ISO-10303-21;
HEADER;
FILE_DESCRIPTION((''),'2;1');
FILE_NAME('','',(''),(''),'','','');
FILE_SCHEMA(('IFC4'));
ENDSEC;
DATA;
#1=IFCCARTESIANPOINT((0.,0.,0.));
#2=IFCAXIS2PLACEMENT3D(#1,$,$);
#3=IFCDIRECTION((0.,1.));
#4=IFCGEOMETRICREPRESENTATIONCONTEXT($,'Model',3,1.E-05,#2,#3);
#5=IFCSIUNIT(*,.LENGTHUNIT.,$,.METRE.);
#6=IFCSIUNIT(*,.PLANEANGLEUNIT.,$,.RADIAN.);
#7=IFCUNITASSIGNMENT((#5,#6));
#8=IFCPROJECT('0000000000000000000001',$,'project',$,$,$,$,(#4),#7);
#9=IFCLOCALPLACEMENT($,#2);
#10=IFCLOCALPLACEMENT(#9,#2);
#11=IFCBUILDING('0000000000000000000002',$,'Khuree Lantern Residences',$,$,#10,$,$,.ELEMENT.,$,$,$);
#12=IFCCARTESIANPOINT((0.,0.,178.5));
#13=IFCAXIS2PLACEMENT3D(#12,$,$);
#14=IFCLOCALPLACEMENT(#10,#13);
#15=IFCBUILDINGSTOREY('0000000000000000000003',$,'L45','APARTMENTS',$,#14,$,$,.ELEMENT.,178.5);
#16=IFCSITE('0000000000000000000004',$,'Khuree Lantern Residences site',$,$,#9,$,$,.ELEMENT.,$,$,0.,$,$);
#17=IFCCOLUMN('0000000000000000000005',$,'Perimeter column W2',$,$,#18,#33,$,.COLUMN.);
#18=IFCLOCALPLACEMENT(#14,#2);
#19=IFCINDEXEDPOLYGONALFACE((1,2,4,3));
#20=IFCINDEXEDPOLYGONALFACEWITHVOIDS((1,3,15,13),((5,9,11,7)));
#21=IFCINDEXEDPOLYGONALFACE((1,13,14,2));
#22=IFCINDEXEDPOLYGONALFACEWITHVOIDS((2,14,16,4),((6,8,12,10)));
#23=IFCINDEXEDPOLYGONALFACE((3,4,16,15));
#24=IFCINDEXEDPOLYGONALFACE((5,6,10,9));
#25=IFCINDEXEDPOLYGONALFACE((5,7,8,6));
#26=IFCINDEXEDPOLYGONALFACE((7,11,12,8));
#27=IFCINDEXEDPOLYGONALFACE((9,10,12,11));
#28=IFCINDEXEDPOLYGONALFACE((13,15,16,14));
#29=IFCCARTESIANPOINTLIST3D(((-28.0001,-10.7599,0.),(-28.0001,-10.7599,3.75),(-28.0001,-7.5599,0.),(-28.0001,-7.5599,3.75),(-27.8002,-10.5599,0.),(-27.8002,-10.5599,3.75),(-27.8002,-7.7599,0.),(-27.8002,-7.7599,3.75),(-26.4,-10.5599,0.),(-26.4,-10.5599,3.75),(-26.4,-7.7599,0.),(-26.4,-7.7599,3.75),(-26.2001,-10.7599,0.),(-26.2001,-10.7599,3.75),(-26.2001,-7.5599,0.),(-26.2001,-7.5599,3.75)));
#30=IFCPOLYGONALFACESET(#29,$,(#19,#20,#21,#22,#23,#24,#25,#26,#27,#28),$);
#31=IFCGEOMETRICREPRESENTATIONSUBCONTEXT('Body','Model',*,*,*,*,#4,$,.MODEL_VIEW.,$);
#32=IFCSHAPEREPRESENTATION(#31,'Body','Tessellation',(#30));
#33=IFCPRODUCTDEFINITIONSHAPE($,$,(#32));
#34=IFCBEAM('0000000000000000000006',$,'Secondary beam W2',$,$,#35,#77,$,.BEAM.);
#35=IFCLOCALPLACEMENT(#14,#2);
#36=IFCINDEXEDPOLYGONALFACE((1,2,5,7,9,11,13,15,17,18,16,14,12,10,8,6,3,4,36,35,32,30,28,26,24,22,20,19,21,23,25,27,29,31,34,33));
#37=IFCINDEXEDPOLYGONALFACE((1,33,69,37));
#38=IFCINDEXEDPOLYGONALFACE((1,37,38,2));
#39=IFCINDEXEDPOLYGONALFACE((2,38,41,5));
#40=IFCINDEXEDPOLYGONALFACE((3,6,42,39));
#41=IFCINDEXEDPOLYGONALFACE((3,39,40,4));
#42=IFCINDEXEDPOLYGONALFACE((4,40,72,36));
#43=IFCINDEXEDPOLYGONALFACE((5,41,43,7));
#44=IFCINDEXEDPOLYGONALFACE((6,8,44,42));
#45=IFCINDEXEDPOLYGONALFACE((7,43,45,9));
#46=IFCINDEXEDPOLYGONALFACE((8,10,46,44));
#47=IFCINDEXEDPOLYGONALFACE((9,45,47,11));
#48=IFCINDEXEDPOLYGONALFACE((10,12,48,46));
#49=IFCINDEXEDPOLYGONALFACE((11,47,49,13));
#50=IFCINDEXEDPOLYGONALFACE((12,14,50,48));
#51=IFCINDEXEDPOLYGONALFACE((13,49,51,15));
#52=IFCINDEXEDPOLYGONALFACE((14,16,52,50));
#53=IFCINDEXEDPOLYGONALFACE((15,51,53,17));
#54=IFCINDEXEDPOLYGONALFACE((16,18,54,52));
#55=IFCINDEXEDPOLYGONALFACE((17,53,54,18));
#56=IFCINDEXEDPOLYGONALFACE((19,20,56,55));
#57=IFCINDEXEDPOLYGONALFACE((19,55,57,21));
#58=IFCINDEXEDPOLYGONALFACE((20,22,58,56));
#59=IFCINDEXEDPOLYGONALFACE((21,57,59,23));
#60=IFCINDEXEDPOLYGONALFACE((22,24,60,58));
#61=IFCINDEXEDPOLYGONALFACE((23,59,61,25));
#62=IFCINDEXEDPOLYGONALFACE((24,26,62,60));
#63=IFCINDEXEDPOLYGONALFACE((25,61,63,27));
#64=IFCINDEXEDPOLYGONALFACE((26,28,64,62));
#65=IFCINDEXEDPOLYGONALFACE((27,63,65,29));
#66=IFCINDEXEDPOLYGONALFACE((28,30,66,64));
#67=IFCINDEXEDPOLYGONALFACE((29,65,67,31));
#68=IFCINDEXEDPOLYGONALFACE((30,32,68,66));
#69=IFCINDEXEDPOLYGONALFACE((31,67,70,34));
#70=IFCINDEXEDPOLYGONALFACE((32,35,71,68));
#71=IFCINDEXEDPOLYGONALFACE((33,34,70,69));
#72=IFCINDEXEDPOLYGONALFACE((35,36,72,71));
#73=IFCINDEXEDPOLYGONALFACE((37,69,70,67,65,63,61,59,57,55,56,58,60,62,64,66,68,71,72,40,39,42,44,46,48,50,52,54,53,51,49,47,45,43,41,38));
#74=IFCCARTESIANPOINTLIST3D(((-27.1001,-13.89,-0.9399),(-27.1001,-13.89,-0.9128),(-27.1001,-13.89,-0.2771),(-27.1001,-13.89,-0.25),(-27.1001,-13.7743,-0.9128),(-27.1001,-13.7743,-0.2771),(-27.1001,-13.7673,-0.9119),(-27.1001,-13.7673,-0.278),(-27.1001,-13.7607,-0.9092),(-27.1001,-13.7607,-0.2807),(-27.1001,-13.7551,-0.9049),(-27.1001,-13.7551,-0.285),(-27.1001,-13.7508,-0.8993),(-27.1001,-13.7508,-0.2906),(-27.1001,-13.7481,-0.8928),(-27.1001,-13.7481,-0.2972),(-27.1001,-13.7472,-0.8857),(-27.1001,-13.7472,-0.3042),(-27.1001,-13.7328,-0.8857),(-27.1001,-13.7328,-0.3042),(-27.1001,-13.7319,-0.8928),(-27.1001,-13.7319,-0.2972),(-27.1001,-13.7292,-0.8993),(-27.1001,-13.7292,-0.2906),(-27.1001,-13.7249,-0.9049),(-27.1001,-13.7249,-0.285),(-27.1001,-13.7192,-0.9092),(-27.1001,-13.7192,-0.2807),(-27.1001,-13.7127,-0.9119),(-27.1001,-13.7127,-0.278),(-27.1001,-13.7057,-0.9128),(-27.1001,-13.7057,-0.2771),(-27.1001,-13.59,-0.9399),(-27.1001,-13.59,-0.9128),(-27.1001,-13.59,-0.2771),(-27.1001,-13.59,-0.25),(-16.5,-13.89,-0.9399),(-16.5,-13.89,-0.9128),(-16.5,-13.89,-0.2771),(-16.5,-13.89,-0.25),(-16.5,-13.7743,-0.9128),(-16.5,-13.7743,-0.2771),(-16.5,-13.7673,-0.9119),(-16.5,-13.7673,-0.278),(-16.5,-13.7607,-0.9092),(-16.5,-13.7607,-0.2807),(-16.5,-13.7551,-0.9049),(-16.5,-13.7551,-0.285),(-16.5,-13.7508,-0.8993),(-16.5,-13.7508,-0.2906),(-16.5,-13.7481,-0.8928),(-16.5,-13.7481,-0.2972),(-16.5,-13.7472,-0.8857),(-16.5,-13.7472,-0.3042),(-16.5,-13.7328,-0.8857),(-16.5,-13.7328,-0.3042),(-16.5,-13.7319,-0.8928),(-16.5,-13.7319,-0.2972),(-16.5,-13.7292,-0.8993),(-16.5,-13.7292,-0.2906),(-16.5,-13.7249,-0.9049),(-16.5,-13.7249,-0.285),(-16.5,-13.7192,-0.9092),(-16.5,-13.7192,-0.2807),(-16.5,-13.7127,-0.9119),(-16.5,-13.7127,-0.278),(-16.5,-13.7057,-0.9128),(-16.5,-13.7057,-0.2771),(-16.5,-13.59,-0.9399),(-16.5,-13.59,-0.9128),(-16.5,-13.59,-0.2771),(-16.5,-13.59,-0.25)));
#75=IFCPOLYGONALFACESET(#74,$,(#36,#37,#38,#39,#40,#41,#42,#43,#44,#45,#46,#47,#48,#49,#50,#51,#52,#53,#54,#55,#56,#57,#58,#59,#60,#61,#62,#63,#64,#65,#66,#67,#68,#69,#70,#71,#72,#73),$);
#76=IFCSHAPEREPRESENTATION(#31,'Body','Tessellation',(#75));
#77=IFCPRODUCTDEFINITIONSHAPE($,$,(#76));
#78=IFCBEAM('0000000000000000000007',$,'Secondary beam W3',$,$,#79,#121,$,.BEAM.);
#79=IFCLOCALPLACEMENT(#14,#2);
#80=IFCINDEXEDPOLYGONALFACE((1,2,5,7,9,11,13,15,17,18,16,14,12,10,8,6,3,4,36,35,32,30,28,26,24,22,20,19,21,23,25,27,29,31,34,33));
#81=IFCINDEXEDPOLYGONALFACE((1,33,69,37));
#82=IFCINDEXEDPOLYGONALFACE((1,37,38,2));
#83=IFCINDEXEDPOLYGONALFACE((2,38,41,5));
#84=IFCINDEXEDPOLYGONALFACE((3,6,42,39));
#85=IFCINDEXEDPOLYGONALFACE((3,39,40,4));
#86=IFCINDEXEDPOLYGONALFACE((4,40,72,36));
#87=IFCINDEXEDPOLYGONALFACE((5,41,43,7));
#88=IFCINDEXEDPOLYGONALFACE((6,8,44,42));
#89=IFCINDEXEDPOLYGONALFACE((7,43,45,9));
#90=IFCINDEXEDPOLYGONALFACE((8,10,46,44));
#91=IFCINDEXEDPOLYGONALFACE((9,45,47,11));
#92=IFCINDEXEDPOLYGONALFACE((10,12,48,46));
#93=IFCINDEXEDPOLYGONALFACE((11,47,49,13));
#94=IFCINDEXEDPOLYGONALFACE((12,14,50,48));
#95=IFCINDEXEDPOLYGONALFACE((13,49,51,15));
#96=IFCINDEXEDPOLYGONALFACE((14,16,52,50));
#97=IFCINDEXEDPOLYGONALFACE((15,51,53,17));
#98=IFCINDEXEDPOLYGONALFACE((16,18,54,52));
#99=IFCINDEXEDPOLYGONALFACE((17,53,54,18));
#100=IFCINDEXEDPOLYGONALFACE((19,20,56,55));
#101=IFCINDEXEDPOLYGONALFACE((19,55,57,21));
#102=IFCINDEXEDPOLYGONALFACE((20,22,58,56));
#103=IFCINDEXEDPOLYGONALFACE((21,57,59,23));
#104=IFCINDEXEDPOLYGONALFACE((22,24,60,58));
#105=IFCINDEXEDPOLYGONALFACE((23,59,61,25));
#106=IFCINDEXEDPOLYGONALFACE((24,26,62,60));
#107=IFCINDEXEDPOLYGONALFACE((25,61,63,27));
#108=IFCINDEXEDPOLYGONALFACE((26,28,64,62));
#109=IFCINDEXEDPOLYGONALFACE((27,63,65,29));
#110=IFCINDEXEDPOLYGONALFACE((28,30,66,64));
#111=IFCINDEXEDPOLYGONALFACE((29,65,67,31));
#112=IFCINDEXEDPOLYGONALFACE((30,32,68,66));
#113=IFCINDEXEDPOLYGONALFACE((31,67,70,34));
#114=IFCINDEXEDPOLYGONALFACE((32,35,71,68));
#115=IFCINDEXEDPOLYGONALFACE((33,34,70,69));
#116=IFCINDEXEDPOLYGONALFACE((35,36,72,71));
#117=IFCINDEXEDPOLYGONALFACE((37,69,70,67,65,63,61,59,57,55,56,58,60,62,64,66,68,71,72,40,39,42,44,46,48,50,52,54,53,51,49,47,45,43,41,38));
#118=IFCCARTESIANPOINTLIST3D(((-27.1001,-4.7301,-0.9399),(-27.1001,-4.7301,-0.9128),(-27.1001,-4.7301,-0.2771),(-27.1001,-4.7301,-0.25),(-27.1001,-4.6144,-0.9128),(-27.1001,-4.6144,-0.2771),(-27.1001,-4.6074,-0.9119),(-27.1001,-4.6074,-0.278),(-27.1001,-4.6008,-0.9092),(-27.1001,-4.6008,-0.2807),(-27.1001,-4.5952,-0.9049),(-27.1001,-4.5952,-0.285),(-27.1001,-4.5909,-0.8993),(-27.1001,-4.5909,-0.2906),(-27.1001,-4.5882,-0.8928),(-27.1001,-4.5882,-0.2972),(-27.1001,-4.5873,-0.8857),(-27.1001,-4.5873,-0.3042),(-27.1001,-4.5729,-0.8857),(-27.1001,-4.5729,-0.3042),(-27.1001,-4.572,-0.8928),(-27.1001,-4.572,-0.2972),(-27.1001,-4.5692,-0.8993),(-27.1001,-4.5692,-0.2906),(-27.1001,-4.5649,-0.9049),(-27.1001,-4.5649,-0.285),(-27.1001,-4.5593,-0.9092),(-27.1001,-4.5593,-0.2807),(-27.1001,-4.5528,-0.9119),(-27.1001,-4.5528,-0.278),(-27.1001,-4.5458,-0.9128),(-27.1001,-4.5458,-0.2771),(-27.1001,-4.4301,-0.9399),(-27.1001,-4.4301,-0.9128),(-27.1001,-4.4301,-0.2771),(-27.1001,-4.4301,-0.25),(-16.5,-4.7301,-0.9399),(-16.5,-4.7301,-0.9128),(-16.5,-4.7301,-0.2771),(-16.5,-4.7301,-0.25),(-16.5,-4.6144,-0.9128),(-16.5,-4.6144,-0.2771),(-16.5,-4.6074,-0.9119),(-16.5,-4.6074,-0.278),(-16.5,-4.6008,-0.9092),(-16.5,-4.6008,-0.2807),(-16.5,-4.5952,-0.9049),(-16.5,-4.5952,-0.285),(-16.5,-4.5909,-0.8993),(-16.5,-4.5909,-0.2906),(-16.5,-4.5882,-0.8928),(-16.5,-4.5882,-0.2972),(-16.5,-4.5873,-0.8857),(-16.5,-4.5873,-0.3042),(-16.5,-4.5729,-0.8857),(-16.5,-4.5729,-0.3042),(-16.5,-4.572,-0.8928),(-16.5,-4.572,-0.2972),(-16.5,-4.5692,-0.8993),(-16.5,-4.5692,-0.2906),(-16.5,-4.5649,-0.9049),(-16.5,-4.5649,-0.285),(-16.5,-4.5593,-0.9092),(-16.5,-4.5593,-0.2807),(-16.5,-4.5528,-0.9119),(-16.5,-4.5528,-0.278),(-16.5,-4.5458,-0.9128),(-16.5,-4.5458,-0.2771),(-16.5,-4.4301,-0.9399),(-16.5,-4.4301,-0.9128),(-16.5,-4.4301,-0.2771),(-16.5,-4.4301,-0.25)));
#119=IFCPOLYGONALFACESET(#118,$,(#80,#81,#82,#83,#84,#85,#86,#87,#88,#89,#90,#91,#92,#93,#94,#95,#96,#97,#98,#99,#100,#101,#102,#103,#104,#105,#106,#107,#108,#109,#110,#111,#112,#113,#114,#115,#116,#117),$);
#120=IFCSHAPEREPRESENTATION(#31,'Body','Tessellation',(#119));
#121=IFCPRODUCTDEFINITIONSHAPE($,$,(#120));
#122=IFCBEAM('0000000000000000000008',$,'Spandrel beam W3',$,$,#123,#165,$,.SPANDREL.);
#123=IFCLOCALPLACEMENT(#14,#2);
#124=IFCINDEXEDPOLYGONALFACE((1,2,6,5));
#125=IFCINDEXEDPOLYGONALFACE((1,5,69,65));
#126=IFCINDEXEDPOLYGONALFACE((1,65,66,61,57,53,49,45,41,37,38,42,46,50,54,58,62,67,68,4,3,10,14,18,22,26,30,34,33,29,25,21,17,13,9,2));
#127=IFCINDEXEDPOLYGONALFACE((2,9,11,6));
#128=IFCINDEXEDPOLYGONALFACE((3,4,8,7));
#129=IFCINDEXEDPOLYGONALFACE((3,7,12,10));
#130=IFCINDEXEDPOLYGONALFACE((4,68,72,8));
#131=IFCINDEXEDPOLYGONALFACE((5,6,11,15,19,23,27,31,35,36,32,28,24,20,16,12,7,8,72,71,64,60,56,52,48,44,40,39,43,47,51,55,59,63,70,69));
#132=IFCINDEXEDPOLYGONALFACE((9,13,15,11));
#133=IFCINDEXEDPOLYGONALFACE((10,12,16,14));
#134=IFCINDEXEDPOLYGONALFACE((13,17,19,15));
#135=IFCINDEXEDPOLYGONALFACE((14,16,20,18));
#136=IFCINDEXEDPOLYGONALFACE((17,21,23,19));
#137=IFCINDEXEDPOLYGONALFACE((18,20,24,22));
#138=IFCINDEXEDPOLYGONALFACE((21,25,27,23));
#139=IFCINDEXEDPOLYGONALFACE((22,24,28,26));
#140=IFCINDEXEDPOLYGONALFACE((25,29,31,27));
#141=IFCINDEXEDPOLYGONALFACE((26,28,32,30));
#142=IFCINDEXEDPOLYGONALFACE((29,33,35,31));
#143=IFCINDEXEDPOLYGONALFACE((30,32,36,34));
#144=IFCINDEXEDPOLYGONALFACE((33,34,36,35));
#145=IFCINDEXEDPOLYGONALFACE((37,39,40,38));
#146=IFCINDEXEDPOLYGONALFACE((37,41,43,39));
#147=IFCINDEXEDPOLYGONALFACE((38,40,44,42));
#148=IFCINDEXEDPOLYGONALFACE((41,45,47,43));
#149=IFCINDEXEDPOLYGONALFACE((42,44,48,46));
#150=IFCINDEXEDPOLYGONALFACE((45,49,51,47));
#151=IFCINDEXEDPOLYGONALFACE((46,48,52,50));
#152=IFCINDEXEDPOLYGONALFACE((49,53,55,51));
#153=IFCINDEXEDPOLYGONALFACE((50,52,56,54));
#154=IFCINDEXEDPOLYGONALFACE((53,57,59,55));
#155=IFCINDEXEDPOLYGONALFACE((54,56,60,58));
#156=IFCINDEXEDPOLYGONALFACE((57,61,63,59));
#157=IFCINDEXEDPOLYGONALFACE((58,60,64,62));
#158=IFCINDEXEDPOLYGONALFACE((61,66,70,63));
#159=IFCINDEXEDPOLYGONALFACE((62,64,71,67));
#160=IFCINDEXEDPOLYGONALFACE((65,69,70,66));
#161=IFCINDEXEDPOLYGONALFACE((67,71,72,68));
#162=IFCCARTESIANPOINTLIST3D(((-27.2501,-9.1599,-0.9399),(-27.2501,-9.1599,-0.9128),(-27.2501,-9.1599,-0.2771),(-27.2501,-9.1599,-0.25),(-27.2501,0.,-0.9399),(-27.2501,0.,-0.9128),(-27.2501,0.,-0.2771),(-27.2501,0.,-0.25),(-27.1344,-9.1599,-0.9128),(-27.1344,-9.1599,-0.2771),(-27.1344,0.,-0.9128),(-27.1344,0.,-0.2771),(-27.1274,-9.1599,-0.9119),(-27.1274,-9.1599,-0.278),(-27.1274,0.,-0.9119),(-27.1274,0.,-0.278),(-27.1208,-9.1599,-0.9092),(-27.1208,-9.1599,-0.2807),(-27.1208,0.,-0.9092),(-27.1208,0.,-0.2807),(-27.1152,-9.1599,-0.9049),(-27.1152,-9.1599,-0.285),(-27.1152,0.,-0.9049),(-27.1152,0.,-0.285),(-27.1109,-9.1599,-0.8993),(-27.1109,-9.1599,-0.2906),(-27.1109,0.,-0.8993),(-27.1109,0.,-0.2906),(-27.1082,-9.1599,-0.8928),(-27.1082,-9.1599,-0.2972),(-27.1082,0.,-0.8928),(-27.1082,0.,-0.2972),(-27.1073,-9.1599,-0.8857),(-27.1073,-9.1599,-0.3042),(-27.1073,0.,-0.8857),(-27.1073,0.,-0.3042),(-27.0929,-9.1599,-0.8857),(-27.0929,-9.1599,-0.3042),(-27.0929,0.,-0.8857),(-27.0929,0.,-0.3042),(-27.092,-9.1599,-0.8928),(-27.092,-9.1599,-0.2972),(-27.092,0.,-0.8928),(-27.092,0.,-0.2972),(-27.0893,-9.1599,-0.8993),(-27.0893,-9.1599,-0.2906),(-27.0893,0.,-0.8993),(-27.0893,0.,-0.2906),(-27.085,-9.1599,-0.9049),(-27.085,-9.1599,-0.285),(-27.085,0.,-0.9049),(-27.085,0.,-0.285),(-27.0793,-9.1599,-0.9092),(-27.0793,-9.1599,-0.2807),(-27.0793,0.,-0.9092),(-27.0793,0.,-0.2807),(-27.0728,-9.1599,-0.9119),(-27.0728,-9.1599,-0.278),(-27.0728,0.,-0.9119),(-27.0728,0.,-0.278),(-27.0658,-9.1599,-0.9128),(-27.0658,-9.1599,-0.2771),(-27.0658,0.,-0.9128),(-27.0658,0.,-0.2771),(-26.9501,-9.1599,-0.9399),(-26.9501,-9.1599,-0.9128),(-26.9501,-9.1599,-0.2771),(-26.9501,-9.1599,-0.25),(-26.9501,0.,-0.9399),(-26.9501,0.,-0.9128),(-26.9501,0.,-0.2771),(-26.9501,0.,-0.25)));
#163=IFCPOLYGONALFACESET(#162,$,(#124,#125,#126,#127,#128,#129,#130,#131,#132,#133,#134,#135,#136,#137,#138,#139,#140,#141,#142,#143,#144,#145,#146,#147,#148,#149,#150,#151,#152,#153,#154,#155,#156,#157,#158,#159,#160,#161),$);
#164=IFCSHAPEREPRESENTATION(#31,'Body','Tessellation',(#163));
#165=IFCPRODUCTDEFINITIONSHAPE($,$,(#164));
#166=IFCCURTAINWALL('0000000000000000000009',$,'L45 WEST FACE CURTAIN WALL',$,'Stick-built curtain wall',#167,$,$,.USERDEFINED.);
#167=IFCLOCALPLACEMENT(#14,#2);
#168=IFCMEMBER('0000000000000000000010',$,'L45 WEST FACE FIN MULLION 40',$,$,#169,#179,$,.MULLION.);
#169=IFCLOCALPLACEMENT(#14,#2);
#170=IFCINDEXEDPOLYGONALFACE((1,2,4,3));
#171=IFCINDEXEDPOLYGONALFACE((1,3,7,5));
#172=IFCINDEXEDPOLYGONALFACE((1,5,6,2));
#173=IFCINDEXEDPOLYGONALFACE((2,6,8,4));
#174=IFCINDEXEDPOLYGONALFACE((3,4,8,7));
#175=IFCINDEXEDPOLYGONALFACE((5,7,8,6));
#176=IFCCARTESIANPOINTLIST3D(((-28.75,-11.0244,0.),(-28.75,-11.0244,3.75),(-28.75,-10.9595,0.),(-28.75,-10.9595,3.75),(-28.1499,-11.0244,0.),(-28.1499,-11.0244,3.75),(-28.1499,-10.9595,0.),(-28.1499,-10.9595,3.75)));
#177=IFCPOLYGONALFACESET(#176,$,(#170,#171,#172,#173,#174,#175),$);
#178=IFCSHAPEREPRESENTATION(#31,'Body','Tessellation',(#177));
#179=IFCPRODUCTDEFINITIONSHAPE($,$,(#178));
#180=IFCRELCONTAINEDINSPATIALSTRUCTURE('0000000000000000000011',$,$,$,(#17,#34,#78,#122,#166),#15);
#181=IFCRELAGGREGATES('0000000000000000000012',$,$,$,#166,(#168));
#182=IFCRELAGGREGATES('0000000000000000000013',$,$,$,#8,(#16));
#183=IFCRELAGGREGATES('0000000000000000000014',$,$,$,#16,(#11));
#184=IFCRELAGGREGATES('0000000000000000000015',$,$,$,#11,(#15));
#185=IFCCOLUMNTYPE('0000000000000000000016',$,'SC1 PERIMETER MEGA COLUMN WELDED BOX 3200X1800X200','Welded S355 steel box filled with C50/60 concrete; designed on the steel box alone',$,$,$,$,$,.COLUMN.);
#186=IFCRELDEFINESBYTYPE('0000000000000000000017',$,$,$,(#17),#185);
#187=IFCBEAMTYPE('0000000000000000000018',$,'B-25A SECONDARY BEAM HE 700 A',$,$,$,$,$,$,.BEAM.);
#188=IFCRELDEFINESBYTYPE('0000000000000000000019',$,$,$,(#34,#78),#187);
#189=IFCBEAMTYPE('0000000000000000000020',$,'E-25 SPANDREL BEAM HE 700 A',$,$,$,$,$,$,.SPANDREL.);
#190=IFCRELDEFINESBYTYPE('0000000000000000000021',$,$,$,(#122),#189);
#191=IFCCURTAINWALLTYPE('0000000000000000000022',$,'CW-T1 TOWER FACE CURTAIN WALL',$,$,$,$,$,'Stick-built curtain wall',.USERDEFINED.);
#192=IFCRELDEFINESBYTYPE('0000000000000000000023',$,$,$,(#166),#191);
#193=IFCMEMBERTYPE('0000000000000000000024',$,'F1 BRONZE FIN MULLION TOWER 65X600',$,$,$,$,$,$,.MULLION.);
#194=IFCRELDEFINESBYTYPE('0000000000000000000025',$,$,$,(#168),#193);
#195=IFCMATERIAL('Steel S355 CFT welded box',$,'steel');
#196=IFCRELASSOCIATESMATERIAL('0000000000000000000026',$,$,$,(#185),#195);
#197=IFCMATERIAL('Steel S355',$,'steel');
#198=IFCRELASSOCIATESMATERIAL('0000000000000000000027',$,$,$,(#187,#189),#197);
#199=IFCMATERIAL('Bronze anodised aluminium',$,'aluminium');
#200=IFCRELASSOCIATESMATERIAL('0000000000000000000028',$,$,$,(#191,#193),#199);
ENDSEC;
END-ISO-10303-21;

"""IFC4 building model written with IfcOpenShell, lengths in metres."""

from ifc_helpers import new_model, si_unit, direction, frame, origin, origin_2d, place, context, subcontext, project, spatial, rectangle, hollow_rectangle, i_section, extrude, material, material_profile, profile_set, type_object, element, aggregate, save


model = new_model("IFC4")

# Units and contexts
model_context = context("Model", 3, precision=1e-05, world=origin(), true_north=direction((0.0, 1.0)))
body_context = subcontext(model_context, "Body", "Model", "MODEL_VIEW")
ifc_project = project(units=[si_unit("LENGTHUNIT", "METRE"), si_unit("PLANEANGLEUNIT", "RADIAN")], contexts=[model_context])

# Site, building, storey
site_placement = place(None, origin())
site = spatial("IfcSite", under=ifc_project, at=site_placement, Name="Khuree Lantern Residences site", CompositionType="ELEMENT", RefElevation=0.0)
building_placement = place(site_placement, origin())
building = spatial("IfcBuilding", under=site, at=building_placement, Name="Khuree Lantern Residences", CompositionType="ELEMENT")
storey_placement = place(building_placement, frame((0.0, 0.0, 178.5)))
storey = spatial("IfcBuildingStorey", under=building, at=storey_placement, Name="L45", Description="APARTMENTS", CompositionType="ELEMENT", Elevation=178.5)

# Column
ifc_material_1 = material(Name="Steel S355 CFT welded box", Category="steel")
ifc_material_profile_1 = material_profile(ifc_material_1, hollow_rectangle(XDim=3.2, YDim=1.8, WallThickness=0.2, at=origin_2d()), Name="WELDED BOX 3200X1800X200")
ifc_profile_set_1 = profile_set([ifc_material_profile_1], Name="Steel S355 CFT welded box")
column_type = type_object("IfcColumnType", Name="SC1 PERIMETER MEGA COLUMN WELDED BOX 3200X1800X200", Description="Welded S355 steel box filled with C50/60 concrete; designed on the steel box alone", PredefinedType="COLUMN", material=ifc_profile_set_1)
column_placement = place(storey_placement, frame((-27.1001, -9.1599, 0.0), z_axis=(0.0, 0.0, 1.0), x_axis=(0.0, 1.0, 0.0)))
element("IfcColumn", 1, at=column_placement, inside=storey, type_object=column_type, Name="Perimeter column W2", PredefinedType="COLUMN", context=body_context, shape_type="SweptSolid", body=[
    extrude(hollow_rectangle(XDim=3.2, YDim=1.8, WallThickness=0.2, at=origin_2d()), origin(), (0.0, 0.0, 1.0), 3.75),
])

# Beams
ifc_material_2 = material(Name="Steel S355", Category="steel")
ifc_material_profile_2 = material_profile(ifc_material_2, i_section(OverallWidth=0.3, OverallDepth=0.6899, WebThickness=0.0144, FlangeThickness=0.0271, FilletRadius=0.0271, at=origin_2d()), Name="HE 700 A")
ifc_profile_set_2 = profile_set([ifc_material_profile_2], Name="Steel S355")
beam_type_1 = type_object("IfcBeamType", Name="B-25A SECONDARY BEAM HE 700 A", PredefinedType="BEAM", material=ifc_profile_set_2)
for number, where, z_axis, x_axis, name in (
    (2, (-27.1001, -13.74, -0.595), (1.0, 0.0, 0.0), (0.0, 1.0, 0.0), "Secondary beam W2"),
    (3, (-27.1001, -4.5801, -0.595), (1.0, 0.0, 0.0), (0.0, 1.0, 0.0), "Secondary beam W3"),
):
    element("IfcBeam", number, at=place(storey_placement, frame(where, z_axis=z_axis, x_axis=x_axis)), inside=storey, type_object=beam_type_1, Name=name, PredefinedType="BEAM", context=body_context, shape_type="SweptSolid", body=[
        extrude(i_section(OverallWidth=0.3, OverallDepth=0.6899, WebThickness=0.0144, FlangeThickness=0.0271, FilletRadius=0.0271, at=origin_2d()), origin(), (0.0, 0.0, 1.0), 10.6001),
    ])
ifc_material_profile_3 = material_profile(ifc_material_2, i_section(OverallWidth=0.3, OverallDepth=0.6899, WebThickness=0.0144, FlangeThickness=0.0271, FilletRadius=0.0271, at=origin_2d()), Name="HE 700 A")
ifc_profile_set_3 = profile_set([ifc_material_profile_3], Name="Steel S355")
beam_type_2 = type_object("IfcBeamType", Name="E-25 SPANDREL BEAM HE 700 A", PredefinedType="SPANDREL", material=ifc_profile_set_3)
beam_1_placement = place(storey_placement, frame((-27.1001, -9.1599, -0.595), z_axis=(0.0, 1.0, 0.0), x_axis=(-1.0, 0.0, 0.0)))
element("IfcBeam", 4, at=beam_1_placement, inside=storey, type_object=beam_type_2, Name="Spandrel beam W3", PredefinedType="SPANDREL", context=body_context, shape_type="SweptSolid", body=[
    extrude(i_section(OverallWidth=0.3, OverallDepth=0.6899, WebThickness=0.0144, FlangeThickness=0.0271, FilletRadius=0.0271, at=origin_2d()), origin(), (0.0, 0.0, 1.0), 9.1599),
])

# Curtain wall, member
ifc_material_3 = material(Name="Bronze anodised aluminium", Category="aluminium")
curtain_wall_type = type_object("IfcCurtainWallType", Name="CW-T1 TOWER FACE CURTAIN WALL", ElementType="Stick-built curtain wall", PredefinedType="USERDEFINED", material=ifc_material_3)
curtain_wall_placement = place(storey_placement, origin())
curtain_wall = element("IfcCurtainWall", 5, at=curtain_wall_placement, inside=storey, type_object=curtain_wall_type, Name="L45 WEST FACE CURTAIN WALL", ObjectType="Stick-built curtain wall", PredefinedType="USERDEFINED")
ifc_material_profile_4 = material_profile(ifc_material_3, rectangle(XDim=0.0649, YDim=0.6001, at=origin_2d()), Name="F1 65X600")
ifc_profile_set_4 = profile_set([ifc_material_profile_4], Name="Bronze anodised aluminium")
member_type_1 = type_object("IfcMemberType", Name="F1 BRONZE FIN MULLION TOWER 65X600", PredefinedType="MULLION", material=ifc_profile_set_4)
member_1_placement = place(storey_placement, frame((-28.45, -10.9919, 0.0), z_axis=(0.0, 0.0, 1.0), x_axis=(0.0, -1.0, 0.0)))
member_1 = element("IfcMember", 6, at=member_1_placement, type_object=member_type_1, Name="L45 WEST FACE FIN MULLION 40", PredefinedType="MULLION", context=body_context, shape_type="SweptSolid", body=[
    extrude(rectangle(XDim=0.0649, YDim=0.6001, at=origin_2d()), origin(), (0.0, 0.0, 1.0), 3.75),
])

aggregate(curtain_wall, [member_1])

save(model, "model.ifc")
